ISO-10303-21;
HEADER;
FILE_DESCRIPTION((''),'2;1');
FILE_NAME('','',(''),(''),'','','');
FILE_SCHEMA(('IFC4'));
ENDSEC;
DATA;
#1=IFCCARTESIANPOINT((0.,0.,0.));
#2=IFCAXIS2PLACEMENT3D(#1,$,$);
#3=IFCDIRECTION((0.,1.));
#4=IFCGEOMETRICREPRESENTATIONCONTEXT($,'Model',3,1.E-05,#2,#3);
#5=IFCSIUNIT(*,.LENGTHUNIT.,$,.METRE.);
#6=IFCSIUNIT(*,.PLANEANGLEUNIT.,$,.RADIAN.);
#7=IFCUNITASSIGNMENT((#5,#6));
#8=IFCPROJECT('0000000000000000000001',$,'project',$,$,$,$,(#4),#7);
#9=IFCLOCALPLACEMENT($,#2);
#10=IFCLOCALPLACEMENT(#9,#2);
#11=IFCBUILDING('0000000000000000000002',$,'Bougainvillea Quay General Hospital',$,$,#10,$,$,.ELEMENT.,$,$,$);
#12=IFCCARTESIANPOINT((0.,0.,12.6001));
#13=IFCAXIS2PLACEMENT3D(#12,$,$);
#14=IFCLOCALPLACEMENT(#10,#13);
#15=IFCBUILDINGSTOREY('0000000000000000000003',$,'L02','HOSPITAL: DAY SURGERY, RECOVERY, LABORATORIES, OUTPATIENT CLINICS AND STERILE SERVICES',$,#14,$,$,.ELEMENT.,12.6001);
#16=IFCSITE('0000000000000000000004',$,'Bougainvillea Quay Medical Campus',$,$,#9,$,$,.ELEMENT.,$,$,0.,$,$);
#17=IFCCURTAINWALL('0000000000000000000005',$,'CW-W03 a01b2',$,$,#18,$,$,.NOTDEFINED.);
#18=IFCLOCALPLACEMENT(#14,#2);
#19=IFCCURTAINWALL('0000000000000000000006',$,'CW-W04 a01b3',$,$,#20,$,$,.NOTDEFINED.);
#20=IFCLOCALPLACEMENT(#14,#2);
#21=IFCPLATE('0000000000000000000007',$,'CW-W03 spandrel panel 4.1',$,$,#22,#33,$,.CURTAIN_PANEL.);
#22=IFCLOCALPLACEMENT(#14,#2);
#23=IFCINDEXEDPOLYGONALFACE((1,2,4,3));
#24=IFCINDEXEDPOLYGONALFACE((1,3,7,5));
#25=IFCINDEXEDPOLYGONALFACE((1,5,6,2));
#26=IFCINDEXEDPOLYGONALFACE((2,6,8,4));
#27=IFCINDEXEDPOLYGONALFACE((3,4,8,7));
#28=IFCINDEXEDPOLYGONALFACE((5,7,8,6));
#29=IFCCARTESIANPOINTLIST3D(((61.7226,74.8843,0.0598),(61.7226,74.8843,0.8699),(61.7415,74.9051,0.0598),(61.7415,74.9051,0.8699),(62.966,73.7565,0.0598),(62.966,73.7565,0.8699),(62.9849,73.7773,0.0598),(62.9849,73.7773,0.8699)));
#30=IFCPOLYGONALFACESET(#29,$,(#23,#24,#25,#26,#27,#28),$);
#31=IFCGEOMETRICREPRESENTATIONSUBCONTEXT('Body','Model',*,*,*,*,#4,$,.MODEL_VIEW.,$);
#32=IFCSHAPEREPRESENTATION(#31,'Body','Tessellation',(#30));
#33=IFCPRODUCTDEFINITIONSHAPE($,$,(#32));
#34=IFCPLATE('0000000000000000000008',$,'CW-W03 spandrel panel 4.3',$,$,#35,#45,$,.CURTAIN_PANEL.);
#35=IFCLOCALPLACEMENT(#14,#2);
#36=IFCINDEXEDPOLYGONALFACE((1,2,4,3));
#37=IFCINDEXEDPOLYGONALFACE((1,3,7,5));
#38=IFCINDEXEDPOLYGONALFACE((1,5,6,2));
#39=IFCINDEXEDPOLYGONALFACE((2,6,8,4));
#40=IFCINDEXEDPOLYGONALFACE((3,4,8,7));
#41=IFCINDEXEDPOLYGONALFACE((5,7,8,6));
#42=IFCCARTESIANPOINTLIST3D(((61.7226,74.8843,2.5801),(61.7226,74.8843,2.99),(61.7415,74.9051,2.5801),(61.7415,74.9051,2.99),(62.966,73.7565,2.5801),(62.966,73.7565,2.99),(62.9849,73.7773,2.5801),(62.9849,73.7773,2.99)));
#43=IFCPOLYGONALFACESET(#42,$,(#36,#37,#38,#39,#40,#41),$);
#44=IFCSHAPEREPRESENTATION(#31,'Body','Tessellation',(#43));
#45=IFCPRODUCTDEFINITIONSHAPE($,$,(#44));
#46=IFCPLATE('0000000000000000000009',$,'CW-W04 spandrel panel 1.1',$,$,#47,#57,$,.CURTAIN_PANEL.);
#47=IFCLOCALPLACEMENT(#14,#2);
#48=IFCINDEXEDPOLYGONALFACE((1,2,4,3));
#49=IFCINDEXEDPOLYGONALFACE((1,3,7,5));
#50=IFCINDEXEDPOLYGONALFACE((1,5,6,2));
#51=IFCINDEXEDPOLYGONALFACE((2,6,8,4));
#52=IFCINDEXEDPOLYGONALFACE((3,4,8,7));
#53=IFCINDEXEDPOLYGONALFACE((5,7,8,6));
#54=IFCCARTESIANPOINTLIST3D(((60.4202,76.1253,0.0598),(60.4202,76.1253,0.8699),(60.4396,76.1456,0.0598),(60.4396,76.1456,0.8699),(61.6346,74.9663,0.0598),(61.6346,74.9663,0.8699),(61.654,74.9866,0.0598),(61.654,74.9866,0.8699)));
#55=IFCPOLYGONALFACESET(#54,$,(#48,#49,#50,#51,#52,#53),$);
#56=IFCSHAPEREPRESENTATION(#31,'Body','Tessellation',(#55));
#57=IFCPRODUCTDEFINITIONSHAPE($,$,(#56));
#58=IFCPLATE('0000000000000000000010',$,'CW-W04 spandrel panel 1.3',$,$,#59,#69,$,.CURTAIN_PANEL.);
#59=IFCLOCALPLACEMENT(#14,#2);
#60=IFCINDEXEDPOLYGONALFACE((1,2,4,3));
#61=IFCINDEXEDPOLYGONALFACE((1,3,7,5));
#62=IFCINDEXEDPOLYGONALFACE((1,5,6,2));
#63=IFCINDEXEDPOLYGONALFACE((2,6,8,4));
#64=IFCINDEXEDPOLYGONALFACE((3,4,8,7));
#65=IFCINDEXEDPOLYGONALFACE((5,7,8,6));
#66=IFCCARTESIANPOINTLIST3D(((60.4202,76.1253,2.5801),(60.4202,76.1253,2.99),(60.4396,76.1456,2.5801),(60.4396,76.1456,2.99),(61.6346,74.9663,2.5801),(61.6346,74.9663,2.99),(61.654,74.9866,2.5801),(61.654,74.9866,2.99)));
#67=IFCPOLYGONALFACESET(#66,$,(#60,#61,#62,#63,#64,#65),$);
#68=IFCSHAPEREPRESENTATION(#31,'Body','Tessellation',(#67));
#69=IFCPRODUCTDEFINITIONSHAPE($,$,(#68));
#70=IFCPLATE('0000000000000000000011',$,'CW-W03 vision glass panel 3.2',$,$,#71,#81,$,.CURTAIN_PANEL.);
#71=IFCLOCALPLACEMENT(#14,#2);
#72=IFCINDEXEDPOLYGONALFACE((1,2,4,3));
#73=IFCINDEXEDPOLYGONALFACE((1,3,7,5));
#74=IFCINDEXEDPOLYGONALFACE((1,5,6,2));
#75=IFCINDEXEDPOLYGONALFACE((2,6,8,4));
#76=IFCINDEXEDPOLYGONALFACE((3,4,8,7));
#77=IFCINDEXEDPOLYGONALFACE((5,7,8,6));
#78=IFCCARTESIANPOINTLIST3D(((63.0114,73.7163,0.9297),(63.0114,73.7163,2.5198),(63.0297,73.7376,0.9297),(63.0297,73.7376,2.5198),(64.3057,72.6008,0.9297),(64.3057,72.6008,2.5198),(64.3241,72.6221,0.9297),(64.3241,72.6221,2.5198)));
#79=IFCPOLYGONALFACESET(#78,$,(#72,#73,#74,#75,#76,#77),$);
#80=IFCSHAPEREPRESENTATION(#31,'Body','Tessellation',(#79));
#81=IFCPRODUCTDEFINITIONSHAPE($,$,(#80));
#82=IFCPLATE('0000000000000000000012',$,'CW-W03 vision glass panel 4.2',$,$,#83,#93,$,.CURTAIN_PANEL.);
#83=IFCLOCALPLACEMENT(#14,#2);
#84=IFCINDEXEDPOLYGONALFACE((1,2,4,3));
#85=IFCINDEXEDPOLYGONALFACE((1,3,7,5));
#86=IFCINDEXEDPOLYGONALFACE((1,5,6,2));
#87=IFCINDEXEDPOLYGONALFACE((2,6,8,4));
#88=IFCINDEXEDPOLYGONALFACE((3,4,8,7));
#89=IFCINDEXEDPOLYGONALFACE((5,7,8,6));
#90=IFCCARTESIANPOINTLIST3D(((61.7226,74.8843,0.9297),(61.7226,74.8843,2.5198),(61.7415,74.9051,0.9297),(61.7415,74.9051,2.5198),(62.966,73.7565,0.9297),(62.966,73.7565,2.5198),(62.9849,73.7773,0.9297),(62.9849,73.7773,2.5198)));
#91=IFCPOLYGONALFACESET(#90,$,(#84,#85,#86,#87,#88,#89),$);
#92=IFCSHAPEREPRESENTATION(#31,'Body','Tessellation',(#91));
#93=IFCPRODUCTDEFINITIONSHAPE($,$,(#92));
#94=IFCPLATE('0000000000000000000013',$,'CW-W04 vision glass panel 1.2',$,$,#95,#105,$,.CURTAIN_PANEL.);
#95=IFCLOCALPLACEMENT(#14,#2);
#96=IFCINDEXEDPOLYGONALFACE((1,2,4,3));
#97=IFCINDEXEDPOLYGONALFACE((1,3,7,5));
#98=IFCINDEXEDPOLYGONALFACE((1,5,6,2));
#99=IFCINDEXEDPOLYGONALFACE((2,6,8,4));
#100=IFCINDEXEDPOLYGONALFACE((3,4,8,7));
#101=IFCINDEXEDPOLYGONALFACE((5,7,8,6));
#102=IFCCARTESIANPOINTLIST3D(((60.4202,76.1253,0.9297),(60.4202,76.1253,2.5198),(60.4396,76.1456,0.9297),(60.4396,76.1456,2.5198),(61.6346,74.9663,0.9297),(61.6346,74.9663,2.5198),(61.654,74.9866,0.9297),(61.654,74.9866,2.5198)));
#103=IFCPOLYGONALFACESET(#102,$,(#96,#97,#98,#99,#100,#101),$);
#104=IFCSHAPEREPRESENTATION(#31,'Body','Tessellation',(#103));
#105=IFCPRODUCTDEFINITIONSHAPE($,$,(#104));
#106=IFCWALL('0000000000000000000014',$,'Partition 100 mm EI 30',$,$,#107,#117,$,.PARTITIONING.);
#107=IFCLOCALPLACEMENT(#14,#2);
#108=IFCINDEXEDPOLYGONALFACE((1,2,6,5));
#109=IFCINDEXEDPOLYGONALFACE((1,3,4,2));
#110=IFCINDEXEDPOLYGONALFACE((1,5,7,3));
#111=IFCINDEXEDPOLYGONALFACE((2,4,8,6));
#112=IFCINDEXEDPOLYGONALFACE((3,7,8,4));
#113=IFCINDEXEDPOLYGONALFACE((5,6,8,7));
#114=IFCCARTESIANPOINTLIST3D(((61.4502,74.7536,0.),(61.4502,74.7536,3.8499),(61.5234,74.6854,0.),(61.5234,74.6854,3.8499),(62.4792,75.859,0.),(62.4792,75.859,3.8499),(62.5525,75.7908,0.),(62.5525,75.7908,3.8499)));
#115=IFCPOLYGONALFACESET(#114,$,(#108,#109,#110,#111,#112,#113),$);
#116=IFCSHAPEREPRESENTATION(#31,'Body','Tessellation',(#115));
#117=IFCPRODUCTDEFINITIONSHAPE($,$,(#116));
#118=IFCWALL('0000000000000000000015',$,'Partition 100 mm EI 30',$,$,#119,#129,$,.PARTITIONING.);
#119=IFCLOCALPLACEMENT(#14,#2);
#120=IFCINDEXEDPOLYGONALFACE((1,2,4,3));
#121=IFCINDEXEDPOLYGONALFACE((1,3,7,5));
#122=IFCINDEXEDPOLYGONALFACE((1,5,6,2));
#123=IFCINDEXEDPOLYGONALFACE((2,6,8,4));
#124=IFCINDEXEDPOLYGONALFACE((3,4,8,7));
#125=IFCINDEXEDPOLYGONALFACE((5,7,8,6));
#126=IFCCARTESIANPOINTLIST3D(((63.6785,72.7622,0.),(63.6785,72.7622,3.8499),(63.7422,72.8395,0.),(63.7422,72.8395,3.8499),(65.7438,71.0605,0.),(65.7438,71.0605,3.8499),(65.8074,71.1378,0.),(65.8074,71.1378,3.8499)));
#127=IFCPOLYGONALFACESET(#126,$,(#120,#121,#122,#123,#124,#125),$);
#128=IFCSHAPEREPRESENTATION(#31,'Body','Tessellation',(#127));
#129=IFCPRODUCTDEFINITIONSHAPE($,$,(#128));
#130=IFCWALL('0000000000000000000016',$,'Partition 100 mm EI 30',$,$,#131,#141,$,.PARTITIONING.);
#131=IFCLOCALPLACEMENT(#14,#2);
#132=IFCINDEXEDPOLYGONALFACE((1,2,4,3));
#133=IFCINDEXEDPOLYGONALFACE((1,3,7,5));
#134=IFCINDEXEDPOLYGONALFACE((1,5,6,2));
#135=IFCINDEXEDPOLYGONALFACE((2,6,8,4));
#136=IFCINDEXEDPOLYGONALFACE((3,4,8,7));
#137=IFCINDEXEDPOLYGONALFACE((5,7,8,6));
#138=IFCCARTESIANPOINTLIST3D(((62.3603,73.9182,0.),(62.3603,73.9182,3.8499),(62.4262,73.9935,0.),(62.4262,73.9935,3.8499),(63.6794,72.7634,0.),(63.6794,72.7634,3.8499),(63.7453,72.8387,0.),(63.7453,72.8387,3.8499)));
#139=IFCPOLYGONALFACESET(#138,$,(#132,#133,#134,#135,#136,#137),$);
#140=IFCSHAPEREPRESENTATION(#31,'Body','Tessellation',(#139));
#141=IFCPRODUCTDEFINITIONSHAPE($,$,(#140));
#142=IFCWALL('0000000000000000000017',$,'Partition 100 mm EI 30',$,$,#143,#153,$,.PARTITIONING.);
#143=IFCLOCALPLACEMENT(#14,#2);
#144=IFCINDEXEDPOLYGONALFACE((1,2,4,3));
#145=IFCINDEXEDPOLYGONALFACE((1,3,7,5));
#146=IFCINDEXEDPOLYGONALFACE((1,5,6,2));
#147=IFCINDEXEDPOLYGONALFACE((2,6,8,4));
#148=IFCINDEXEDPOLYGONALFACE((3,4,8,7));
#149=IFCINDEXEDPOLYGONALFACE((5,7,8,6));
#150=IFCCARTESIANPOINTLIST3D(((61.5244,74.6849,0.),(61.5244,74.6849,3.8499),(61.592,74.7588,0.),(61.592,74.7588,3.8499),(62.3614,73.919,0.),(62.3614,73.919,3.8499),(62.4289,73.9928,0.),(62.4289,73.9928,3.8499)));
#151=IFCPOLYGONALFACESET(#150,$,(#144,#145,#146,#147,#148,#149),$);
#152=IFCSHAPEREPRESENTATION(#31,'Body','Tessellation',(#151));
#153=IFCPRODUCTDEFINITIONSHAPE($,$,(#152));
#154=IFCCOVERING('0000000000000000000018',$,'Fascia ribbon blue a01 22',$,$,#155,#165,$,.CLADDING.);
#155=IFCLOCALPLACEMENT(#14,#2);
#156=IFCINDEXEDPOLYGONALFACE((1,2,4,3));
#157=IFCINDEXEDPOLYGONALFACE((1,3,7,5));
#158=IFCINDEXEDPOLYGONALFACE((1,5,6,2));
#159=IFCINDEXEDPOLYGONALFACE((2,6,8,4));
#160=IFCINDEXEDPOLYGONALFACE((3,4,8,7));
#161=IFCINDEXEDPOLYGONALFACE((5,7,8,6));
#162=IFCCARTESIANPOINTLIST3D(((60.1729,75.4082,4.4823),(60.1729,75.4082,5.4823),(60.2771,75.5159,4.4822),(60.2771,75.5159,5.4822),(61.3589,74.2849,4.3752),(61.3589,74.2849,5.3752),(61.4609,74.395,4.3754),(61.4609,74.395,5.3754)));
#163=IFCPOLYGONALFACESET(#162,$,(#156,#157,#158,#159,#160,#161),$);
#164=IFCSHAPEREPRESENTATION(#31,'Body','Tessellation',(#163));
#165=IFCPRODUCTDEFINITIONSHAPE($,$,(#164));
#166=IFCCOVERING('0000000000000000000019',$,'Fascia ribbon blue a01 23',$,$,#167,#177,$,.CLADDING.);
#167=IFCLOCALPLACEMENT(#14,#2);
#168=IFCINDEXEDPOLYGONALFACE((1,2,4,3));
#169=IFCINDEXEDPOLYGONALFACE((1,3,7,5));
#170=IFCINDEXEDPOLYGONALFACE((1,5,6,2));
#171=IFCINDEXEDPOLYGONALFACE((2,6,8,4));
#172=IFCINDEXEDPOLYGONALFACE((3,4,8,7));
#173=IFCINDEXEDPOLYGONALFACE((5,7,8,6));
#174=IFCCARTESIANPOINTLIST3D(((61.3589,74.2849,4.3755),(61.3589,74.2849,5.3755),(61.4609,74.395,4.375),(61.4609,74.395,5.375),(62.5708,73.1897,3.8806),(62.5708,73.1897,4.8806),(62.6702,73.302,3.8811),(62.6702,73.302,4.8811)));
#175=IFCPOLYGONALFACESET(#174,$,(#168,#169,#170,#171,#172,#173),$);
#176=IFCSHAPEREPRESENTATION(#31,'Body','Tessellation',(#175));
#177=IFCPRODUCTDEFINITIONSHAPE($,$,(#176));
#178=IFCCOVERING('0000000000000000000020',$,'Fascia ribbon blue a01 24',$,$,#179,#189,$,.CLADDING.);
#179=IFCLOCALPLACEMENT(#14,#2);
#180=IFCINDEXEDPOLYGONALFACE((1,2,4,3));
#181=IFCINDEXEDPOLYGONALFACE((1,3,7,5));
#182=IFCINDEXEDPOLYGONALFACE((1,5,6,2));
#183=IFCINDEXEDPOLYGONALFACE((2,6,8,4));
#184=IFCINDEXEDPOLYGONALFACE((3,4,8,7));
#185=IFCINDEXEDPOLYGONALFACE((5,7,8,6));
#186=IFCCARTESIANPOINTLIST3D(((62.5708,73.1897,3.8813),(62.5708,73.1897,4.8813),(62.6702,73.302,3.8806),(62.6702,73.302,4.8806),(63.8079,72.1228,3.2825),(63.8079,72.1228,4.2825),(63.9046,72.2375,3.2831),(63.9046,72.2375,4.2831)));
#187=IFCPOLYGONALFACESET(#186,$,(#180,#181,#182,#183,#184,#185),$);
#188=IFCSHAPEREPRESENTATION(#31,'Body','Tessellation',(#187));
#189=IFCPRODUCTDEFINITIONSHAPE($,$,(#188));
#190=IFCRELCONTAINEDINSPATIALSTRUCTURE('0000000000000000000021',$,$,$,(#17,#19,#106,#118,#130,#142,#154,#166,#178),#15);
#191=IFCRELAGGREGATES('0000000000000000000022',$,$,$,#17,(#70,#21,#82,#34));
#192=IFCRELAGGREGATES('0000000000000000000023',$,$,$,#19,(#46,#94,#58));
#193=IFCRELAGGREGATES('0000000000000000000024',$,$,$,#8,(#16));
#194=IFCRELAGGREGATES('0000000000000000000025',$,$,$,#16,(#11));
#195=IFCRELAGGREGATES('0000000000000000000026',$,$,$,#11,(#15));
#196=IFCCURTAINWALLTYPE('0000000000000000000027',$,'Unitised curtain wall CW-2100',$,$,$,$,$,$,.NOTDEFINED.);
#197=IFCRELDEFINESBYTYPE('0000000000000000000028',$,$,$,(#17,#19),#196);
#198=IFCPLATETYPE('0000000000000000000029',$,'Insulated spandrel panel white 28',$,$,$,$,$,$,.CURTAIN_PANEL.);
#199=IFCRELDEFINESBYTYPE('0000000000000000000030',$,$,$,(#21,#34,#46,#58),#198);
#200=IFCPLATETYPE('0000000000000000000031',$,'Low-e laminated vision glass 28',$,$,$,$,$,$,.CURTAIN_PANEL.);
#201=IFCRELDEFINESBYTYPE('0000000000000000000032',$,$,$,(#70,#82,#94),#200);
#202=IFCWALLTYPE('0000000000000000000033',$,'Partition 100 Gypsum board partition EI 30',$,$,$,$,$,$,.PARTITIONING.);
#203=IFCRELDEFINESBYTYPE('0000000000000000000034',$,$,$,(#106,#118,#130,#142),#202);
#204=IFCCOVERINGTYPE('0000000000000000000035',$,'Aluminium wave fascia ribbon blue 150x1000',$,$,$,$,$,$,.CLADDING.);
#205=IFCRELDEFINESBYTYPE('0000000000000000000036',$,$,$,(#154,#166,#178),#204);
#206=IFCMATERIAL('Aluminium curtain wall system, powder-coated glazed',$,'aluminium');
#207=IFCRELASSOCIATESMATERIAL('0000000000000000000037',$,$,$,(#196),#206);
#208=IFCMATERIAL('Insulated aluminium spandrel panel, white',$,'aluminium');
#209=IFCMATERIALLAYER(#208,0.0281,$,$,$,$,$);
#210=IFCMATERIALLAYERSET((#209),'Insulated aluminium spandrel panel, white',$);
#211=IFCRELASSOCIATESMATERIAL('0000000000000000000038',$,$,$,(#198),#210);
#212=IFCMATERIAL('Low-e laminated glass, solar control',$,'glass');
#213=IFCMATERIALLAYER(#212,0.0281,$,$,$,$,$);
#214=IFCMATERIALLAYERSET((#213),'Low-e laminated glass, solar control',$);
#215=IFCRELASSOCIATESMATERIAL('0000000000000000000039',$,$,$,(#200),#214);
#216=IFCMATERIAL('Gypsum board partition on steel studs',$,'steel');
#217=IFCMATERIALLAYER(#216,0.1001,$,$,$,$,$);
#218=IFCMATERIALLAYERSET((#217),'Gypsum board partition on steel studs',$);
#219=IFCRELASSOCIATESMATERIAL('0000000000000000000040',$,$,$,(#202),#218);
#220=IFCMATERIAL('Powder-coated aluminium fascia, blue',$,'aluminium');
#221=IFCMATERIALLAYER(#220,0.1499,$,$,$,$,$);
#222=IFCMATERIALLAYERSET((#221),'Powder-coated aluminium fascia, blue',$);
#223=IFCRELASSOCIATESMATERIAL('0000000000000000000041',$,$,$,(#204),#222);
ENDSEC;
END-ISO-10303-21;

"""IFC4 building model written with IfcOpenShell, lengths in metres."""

from ifc_helpers import new_model, si_unit, direction, frame, frame_2d, origin, origin_2d, place, context, subcontext, project, spatial, polyline, rectangle, outline, extrude, material, layer, layer_set, type_object, element, aggregate, save


model = new_model("IFC4")

# Units and contexts
model_context = context("Model", 3, precision=1e-05, world=origin(), true_north=direction((0.0, 1.0)))
body_context = subcontext(model_context, "Body", "Model", "MODEL_VIEW")
ifc_project = project(units=[si_unit("LENGTHUNIT", "METRE"), si_unit("PLANEANGLEUNIT", "RADIAN")], contexts=[model_context])

# Site, building, storey
site_placement = place(None, origin())
site = spatial("IfcSite", under=ifc_project, at=site_placement, Name="Bougainvillea Quay Medical Campus", CompositionType="ELEMENT", RefElevation=0.0)
building_placement = place(site_placement, origin())
building = spatial("IfcBuilding", under=site, at=building_placement, Name="Bougainvillea Quay General Hospital", CompositionType="ELEMENT")
storey_placement = place(building_placement, frame((0.0, 0.0, 12.6001)))
storey = spatial("IfcBuildingStorey", under=building, at=storey_placement, Name="L02", Description="HOSPITAL: DAY SURGERY, RECOVERY, LABORATORIES, OUTPATIENT CLINICS AND STERILE SERVICES", CompositionType="ELEMENT", Elevation=12.6001)

# Curtain walls
ifc_material_1 = material(Name="Aluminium curtain wall system, powder-coated glazed", Category="aluminium")
curtain_wall_type = type_object("IfcCurtainWallType", Name="Unitised curtain wall CW-2100", PredefinedType="NOTDEFINED", material=ifc_material_1)
curtain_wall_1_placement = place(storey_placement, origin())
curtain_wall_1 = element("IfcCurtainWall", 1, at=curtain_wall_1_placement, inside=storey, type_object=curtain_wall_type, Name="CW-W03 a01b2", PredefinedType="NOTDEFINED")
curtain_wall_2_placement = place(storey_placement, origin())
curtain_wall_2 = element("IfcCurtainWall", 2, at=curtain_wall_2_placement, inside=storey, type_object=curtain_wall_type, Name="CW-W04 a01b3", PredefinedType="NOTDEFINED")

# Plates
ifc_material_2 = material(Name="Insulated aluminium spandrel panel, white", Category="aluminium")
ifc_layer_1 = layer(ifc_material_2, 0.0281)
ifc_layer_set_1 = layer_set([ifc_layer_1], Name="Insulated aluminium spandrel panel, white")
plate_type_1 = type_object("IfcPlateType", Name="Insulated spandrel panel white 28", PredefinedType="CURTAIN_PANEL", material=ifc_layer_set_1)
plate_1_placement = place(storey_placement, frame((62.3538, 74.3308, 0.0598), z_axis=(0.0, 0.0, 1.0), x_axis=(-0.740693, 0.671843, 0.0)))
plate_1 = element("IfcPlate", 3, at=plate_1_placement, type_object=plate_type_1, Name="CW-W03 spandrel panel 4.1", PredefinedType="CURTAIN_PANEL", context=body_context, shape_type="SweptSolid", body=[
    extrude(rectangle(XDim=1.6787, YDim=0.0281, at=origin_2d()), origin(), (0.0, 0.0, 1.0), 0.8101),
])
plate_2_placement = place(storey_placement, frame((62.3538, 74.3308, 2.5801), z_axis=(0.0, 0.0, 1.0), x_axis=(-0.740693, 0.671843, 0.0)))
plate_2 = element("IfcPlate", 4, at=plate_2_placement, type_object=plate_type_1, Name="CW-W03 spandrel panel 4.3", PredefinedType="CURTAIN_PANEL", context=body_context, shape_type="SweptSolid", body=[
    extrude(rectangle(XDim=1.6787, YDim=0.0281, at=origin_2d()), origin(), (0.0, 0.0, 1.0), 0.4099),
])
plate_3_placement = place(storey_placement, frame((61.0371, 75.5559, 0.0598), z_axis=(0.0, 0.0, 1.0), x_axis=(-0.723419, 0.690409, 0.0)))
plate_3 = element("IfcPlate", 5, at=plate_3_placement, type_object=plate_type_1, Name="CW-W04 spandrel panel 1.1", PredefinedType="CURTAIN_PANEL", context=body_context, shape_type="SweptSolid", body=[
    extrude(rectangle(XDim=1.6787, YDim=0.0281, at=origin_2d()), origin(), (0.0, 0.0, 1.0), 0.8101),
])
plate_4_placement = place(storey_placement, frame((61.0371, 75.5559, 2.5801), z_axis=(0.0, 0.0, 1.0), x_axis=(-0.723419, 0.690409, 0.0)))
plate_4 = element("IfcPlate", 6, at=plate_4_placement, type_object=plate_type_1, Name="CW-W04 spandrel panel 1.3", PredefinedType="CURTAIN_PANEL", context=body_context, shape_type="SweptSolid", body=[
    extrude(rectangle(XDim=1.6787, YDim=0.0281, at=origin_2d()), origin(), (0.0, 0.0, 1.0), 0.4099),
])
ifc_material_3 = material(Name="Low-e laminated glass, solar control", Category="glass")
ifc_layer_2 = layer(ifc_material_3, 0.0281)
ifc_layer_set_2 = layer_set([ifc_layer_2], Name="Low-e laminated glass, solar control")
plate_type_2 = type_object("IfcPlateType", Name="Low-e laminated vision glass 28", PredefinedType="CURTAIN_PANEL", material=ifc_layer_set_2)
plate_5_placement = place(storey_placement, frame((63.6677, 73.1692, 0.9297), z_axis=(0.0, 0.0, 1.0), x_axis=(-0.757491, 0.652846, 0.0)))
plate_5 = element("IfcPlate", 7, at=plate_5_placement, type_object=plate_type_2, Name="CW-W03 vision glass panel 3.2", PredefinedType="CURTAIN_PANEL", context=body_context, shape_type="SweptSolid", body=[
    extrude(rectangle(XDim=1.7087, YDim=0.0281, at=origin_2d()), origin(), (0.0, 0.0, 1.0), 1.5901),
])
plate_6_placement = place(storey_placement, frame((62.3538, 74.3308, 0.9297), z_axis=(0.0, 0.0, 1.0), x_axis=(-0.740693, 0.671843, 0.0)))
plate_6 = element("IfcPlate", 8, at=plate_6_placement, type_object=plate_type_2, Name="CW-W03 vision glass panel 4.2", PredefinedType="CURTAIN_PANEL", context=body_context, shape_type="SweptSolid", body=[
    extrude(rectangle(XDim=1.6787, YDim=0.0281, at=origin_2d()), origin(), (0.0, 0.0, 1.0), 1.5901),
])
aggregate(curtain_wall_1, [plate_5, plate_1, plate_6, plate_2])
plate_7_placement = place(storey_placement, frame((61.0371, 75.5559, 0.9297), z_axis=(0.0, 0.0, 1.0), x_axis=(-0.723419, 0.690409, 0.0)))
plate_7 = element("IfcPlate", 9, at=plate_7_placement, type_object=plate_type_2, Name="CW-W04 vision glass panel 1.2", PredefinedType="CURTAIN_PANEL", context=body_context, shape_type="SweptSolid", body=[
    extrude(rectangle(XDim=1.6787, YDim=0.0281, at=origin_2d()), origin(), (0.0, 0.0, 1.0), 1.5901),
])
aggregate(curtain_wall_2, [plate_3, plate_7, plate_4])

# Walls
ifc_material_4 = material(Name="Gypsum board partition on steel studs", Category="steel")
ifc_layer_3 = layer(ifc_material_4, 0.1001)
ifc_layer_set_3 = layer_set([ifc_layer_3], Name="Gypsum board partition on steel studs")
wall_type = type_object("IfcWallType", Name="Partition 100 Gypsum board partition EI 30", PredefinedType="PARTITIONING", material=ifc_layer_set_3)
wall_1_placement = place(storey_placement, frame((61.4868, 74.7195, 0.0), z_axis=(0.0, 0.0, 1.0), x_axis=(0.681356, 0.731952, 0.0)))
element("IfcWall", 10, at=wall_1_placement, inside=storey, type_object=wall_type, Name="Partition 100 mm EI 30", PredefinedType="PARTITIONING", context=body_context, shape_type="SweptSolid", body=[
    extrude(rectangle(XDim=1.5103, YDim=0.1001, at=frame_2d((0.7551, 0.0))), origin(), (0.0, 0.0, 1.0), 3.8499),
])
wall_2_placement = place(storey_placement, frame((63.7104, 72.8008, 0.0), z_axis=(0.0, 0.0, 1.0), x_axis=(0.771762, -0.635912, 0.0)))
element("IfcWall", 11, at=wall_2_placement, inside=storey, type_object=wall_type, Name="Partition 100 mm EI 30", PredefinedType="PARTITIONING", context=body_context, shape_type="SweptSolid", body=[
    extrude(rectangle(XDim=2.676, YDim=0.1001, at=frame_2d((1.3379, 0.0))), origin(), (0.0, 0.0, 1.0), 3.8499),
])
wall_3_placement = place(storey_placement, frame((62.3933, 73.9558, 0.0), z_axis=(0.0, 0.0, 1.0), x_axis=(0.752413, -0.658692, 0.0)))
element("IfcWall", 12, at=wall_3_placement, inside=storey, type_object=wall_type, Name="Partition 100 mm EI 30", PredefinedType="PARTITIONING", context=body_context, shape_type="SweptSolid", body=[
    extrude(rectangle(XDim=1.7532, YDim=0.1001, at=frame_2d((0.8765, 0.0))), origin(), (0.0, 0.0, 1.0), 3.8499),
])
wall_4_placement = place(storey_placement, frame((61.5581, 74.7219, 0.0), z_axis=(0.0, 0.0, 1.0), x_axis=(0.737726, -0.675101, 0.0)))
element("IfcWall", 13, at=wall_4_placement, inside=storey, type_object=wall_type, Name="Partition 100 mm EI 30", PredefinedType="PARTITIONING", context=body_context, shape_type="SweptSolid", body=[
    extrude(rectangle(XDim=1.1345, YDim=0.1001, at=frame_2d((0.5674, 0.0))), origin(), (0.0, 0.0, 1.0), 3.8499),
])

# Coverings
ifc_material_5 = material(Name="Powder-coated aluminium fascia, blue", Category="aluminium")
ifc_layer_4 = layer(ifc_material_5, 0.1499)
ifc_layer_set_4 = layer_set([ifc_layer_4], Name="Powder-coated aluminium fascia, blue")
covering_type = type_object("IfcCoveringType", Name="Aluminium wave fascia ribbon blue 150x1000", PredefinedType="CLADDING", material=ifc_layer_set_4)
covering_1_placement = place(storey_placement, frame((60.2771, 75.5159, 4.4822), z_axis=(0.047469, -0.044968, 0.99786), x_axis=(0.724607, -0.686053, -0.065387)))
element("IfcCovering", 14, at=covering_1_placement, inside=storey, type_object=covering_type, Name="Fascia ribbon blue a01 22", PredefinedType="CLADDING", context=body_context, shape_type="SweptSolid", body=[
    extrude(outline(polyline([(0.0, 0.0), (1.6338, 0.0), (1.6354, -0.1501), (-0.0017, -0.1499), (0.0, 0.0)])), origin(), (-0.065387, 0.000018, 0.99786), 1.0),
])
covering_2_placement = place(storey_placement, frame((61.4609, 74.395, 4.375), z_axis=(0.214929, -0.194639, 0.957038), x_axis=(0.709983, -0.641751, -0.289964)))
element("IfcCovering", 15, at=covering_2_placement, inside=storey, type_object=covering_type, Name="Fascia ribbon blue a01 23", PredefinedType="CLADDING", context=body_context, shape_type="SweptSolid", body=[
    extrude(outline(polyline([(0.0, 0.0), (1.7032, 0.0), (1.7049, -0.1499), (-0.0019, -0.1501), (0.0, 0.0)])), origin(), (-0.289964, 0.00026, 0.957038), 1.0),
])
covering_3_placement = place(storey_placement, frame((62.6702, 73.302, 3.8806), z_axis=(0.2605, -0.224926, 0.938908), x_axis=(0.711042, -0.613161, -0.344169)))
element("IfcCovering", 16, at=covering_3_placement, inside=storey, type_object=covering_type, Name="Fascia ribbon blue a01 24", PredefinedType="CLADDING", context=body_context, shape_type="SweptSolid", body=[
    extrude(outline(polyline([(0.0, 0.0), (1.7361, 0.0), (1.7379, -0.15), (-0.002, -0.1499), (0.0, 0.0)])), origin(), (-0.344169, 0.000204, 0.938908), 1.0),
])

save(model, "model.ifc")
